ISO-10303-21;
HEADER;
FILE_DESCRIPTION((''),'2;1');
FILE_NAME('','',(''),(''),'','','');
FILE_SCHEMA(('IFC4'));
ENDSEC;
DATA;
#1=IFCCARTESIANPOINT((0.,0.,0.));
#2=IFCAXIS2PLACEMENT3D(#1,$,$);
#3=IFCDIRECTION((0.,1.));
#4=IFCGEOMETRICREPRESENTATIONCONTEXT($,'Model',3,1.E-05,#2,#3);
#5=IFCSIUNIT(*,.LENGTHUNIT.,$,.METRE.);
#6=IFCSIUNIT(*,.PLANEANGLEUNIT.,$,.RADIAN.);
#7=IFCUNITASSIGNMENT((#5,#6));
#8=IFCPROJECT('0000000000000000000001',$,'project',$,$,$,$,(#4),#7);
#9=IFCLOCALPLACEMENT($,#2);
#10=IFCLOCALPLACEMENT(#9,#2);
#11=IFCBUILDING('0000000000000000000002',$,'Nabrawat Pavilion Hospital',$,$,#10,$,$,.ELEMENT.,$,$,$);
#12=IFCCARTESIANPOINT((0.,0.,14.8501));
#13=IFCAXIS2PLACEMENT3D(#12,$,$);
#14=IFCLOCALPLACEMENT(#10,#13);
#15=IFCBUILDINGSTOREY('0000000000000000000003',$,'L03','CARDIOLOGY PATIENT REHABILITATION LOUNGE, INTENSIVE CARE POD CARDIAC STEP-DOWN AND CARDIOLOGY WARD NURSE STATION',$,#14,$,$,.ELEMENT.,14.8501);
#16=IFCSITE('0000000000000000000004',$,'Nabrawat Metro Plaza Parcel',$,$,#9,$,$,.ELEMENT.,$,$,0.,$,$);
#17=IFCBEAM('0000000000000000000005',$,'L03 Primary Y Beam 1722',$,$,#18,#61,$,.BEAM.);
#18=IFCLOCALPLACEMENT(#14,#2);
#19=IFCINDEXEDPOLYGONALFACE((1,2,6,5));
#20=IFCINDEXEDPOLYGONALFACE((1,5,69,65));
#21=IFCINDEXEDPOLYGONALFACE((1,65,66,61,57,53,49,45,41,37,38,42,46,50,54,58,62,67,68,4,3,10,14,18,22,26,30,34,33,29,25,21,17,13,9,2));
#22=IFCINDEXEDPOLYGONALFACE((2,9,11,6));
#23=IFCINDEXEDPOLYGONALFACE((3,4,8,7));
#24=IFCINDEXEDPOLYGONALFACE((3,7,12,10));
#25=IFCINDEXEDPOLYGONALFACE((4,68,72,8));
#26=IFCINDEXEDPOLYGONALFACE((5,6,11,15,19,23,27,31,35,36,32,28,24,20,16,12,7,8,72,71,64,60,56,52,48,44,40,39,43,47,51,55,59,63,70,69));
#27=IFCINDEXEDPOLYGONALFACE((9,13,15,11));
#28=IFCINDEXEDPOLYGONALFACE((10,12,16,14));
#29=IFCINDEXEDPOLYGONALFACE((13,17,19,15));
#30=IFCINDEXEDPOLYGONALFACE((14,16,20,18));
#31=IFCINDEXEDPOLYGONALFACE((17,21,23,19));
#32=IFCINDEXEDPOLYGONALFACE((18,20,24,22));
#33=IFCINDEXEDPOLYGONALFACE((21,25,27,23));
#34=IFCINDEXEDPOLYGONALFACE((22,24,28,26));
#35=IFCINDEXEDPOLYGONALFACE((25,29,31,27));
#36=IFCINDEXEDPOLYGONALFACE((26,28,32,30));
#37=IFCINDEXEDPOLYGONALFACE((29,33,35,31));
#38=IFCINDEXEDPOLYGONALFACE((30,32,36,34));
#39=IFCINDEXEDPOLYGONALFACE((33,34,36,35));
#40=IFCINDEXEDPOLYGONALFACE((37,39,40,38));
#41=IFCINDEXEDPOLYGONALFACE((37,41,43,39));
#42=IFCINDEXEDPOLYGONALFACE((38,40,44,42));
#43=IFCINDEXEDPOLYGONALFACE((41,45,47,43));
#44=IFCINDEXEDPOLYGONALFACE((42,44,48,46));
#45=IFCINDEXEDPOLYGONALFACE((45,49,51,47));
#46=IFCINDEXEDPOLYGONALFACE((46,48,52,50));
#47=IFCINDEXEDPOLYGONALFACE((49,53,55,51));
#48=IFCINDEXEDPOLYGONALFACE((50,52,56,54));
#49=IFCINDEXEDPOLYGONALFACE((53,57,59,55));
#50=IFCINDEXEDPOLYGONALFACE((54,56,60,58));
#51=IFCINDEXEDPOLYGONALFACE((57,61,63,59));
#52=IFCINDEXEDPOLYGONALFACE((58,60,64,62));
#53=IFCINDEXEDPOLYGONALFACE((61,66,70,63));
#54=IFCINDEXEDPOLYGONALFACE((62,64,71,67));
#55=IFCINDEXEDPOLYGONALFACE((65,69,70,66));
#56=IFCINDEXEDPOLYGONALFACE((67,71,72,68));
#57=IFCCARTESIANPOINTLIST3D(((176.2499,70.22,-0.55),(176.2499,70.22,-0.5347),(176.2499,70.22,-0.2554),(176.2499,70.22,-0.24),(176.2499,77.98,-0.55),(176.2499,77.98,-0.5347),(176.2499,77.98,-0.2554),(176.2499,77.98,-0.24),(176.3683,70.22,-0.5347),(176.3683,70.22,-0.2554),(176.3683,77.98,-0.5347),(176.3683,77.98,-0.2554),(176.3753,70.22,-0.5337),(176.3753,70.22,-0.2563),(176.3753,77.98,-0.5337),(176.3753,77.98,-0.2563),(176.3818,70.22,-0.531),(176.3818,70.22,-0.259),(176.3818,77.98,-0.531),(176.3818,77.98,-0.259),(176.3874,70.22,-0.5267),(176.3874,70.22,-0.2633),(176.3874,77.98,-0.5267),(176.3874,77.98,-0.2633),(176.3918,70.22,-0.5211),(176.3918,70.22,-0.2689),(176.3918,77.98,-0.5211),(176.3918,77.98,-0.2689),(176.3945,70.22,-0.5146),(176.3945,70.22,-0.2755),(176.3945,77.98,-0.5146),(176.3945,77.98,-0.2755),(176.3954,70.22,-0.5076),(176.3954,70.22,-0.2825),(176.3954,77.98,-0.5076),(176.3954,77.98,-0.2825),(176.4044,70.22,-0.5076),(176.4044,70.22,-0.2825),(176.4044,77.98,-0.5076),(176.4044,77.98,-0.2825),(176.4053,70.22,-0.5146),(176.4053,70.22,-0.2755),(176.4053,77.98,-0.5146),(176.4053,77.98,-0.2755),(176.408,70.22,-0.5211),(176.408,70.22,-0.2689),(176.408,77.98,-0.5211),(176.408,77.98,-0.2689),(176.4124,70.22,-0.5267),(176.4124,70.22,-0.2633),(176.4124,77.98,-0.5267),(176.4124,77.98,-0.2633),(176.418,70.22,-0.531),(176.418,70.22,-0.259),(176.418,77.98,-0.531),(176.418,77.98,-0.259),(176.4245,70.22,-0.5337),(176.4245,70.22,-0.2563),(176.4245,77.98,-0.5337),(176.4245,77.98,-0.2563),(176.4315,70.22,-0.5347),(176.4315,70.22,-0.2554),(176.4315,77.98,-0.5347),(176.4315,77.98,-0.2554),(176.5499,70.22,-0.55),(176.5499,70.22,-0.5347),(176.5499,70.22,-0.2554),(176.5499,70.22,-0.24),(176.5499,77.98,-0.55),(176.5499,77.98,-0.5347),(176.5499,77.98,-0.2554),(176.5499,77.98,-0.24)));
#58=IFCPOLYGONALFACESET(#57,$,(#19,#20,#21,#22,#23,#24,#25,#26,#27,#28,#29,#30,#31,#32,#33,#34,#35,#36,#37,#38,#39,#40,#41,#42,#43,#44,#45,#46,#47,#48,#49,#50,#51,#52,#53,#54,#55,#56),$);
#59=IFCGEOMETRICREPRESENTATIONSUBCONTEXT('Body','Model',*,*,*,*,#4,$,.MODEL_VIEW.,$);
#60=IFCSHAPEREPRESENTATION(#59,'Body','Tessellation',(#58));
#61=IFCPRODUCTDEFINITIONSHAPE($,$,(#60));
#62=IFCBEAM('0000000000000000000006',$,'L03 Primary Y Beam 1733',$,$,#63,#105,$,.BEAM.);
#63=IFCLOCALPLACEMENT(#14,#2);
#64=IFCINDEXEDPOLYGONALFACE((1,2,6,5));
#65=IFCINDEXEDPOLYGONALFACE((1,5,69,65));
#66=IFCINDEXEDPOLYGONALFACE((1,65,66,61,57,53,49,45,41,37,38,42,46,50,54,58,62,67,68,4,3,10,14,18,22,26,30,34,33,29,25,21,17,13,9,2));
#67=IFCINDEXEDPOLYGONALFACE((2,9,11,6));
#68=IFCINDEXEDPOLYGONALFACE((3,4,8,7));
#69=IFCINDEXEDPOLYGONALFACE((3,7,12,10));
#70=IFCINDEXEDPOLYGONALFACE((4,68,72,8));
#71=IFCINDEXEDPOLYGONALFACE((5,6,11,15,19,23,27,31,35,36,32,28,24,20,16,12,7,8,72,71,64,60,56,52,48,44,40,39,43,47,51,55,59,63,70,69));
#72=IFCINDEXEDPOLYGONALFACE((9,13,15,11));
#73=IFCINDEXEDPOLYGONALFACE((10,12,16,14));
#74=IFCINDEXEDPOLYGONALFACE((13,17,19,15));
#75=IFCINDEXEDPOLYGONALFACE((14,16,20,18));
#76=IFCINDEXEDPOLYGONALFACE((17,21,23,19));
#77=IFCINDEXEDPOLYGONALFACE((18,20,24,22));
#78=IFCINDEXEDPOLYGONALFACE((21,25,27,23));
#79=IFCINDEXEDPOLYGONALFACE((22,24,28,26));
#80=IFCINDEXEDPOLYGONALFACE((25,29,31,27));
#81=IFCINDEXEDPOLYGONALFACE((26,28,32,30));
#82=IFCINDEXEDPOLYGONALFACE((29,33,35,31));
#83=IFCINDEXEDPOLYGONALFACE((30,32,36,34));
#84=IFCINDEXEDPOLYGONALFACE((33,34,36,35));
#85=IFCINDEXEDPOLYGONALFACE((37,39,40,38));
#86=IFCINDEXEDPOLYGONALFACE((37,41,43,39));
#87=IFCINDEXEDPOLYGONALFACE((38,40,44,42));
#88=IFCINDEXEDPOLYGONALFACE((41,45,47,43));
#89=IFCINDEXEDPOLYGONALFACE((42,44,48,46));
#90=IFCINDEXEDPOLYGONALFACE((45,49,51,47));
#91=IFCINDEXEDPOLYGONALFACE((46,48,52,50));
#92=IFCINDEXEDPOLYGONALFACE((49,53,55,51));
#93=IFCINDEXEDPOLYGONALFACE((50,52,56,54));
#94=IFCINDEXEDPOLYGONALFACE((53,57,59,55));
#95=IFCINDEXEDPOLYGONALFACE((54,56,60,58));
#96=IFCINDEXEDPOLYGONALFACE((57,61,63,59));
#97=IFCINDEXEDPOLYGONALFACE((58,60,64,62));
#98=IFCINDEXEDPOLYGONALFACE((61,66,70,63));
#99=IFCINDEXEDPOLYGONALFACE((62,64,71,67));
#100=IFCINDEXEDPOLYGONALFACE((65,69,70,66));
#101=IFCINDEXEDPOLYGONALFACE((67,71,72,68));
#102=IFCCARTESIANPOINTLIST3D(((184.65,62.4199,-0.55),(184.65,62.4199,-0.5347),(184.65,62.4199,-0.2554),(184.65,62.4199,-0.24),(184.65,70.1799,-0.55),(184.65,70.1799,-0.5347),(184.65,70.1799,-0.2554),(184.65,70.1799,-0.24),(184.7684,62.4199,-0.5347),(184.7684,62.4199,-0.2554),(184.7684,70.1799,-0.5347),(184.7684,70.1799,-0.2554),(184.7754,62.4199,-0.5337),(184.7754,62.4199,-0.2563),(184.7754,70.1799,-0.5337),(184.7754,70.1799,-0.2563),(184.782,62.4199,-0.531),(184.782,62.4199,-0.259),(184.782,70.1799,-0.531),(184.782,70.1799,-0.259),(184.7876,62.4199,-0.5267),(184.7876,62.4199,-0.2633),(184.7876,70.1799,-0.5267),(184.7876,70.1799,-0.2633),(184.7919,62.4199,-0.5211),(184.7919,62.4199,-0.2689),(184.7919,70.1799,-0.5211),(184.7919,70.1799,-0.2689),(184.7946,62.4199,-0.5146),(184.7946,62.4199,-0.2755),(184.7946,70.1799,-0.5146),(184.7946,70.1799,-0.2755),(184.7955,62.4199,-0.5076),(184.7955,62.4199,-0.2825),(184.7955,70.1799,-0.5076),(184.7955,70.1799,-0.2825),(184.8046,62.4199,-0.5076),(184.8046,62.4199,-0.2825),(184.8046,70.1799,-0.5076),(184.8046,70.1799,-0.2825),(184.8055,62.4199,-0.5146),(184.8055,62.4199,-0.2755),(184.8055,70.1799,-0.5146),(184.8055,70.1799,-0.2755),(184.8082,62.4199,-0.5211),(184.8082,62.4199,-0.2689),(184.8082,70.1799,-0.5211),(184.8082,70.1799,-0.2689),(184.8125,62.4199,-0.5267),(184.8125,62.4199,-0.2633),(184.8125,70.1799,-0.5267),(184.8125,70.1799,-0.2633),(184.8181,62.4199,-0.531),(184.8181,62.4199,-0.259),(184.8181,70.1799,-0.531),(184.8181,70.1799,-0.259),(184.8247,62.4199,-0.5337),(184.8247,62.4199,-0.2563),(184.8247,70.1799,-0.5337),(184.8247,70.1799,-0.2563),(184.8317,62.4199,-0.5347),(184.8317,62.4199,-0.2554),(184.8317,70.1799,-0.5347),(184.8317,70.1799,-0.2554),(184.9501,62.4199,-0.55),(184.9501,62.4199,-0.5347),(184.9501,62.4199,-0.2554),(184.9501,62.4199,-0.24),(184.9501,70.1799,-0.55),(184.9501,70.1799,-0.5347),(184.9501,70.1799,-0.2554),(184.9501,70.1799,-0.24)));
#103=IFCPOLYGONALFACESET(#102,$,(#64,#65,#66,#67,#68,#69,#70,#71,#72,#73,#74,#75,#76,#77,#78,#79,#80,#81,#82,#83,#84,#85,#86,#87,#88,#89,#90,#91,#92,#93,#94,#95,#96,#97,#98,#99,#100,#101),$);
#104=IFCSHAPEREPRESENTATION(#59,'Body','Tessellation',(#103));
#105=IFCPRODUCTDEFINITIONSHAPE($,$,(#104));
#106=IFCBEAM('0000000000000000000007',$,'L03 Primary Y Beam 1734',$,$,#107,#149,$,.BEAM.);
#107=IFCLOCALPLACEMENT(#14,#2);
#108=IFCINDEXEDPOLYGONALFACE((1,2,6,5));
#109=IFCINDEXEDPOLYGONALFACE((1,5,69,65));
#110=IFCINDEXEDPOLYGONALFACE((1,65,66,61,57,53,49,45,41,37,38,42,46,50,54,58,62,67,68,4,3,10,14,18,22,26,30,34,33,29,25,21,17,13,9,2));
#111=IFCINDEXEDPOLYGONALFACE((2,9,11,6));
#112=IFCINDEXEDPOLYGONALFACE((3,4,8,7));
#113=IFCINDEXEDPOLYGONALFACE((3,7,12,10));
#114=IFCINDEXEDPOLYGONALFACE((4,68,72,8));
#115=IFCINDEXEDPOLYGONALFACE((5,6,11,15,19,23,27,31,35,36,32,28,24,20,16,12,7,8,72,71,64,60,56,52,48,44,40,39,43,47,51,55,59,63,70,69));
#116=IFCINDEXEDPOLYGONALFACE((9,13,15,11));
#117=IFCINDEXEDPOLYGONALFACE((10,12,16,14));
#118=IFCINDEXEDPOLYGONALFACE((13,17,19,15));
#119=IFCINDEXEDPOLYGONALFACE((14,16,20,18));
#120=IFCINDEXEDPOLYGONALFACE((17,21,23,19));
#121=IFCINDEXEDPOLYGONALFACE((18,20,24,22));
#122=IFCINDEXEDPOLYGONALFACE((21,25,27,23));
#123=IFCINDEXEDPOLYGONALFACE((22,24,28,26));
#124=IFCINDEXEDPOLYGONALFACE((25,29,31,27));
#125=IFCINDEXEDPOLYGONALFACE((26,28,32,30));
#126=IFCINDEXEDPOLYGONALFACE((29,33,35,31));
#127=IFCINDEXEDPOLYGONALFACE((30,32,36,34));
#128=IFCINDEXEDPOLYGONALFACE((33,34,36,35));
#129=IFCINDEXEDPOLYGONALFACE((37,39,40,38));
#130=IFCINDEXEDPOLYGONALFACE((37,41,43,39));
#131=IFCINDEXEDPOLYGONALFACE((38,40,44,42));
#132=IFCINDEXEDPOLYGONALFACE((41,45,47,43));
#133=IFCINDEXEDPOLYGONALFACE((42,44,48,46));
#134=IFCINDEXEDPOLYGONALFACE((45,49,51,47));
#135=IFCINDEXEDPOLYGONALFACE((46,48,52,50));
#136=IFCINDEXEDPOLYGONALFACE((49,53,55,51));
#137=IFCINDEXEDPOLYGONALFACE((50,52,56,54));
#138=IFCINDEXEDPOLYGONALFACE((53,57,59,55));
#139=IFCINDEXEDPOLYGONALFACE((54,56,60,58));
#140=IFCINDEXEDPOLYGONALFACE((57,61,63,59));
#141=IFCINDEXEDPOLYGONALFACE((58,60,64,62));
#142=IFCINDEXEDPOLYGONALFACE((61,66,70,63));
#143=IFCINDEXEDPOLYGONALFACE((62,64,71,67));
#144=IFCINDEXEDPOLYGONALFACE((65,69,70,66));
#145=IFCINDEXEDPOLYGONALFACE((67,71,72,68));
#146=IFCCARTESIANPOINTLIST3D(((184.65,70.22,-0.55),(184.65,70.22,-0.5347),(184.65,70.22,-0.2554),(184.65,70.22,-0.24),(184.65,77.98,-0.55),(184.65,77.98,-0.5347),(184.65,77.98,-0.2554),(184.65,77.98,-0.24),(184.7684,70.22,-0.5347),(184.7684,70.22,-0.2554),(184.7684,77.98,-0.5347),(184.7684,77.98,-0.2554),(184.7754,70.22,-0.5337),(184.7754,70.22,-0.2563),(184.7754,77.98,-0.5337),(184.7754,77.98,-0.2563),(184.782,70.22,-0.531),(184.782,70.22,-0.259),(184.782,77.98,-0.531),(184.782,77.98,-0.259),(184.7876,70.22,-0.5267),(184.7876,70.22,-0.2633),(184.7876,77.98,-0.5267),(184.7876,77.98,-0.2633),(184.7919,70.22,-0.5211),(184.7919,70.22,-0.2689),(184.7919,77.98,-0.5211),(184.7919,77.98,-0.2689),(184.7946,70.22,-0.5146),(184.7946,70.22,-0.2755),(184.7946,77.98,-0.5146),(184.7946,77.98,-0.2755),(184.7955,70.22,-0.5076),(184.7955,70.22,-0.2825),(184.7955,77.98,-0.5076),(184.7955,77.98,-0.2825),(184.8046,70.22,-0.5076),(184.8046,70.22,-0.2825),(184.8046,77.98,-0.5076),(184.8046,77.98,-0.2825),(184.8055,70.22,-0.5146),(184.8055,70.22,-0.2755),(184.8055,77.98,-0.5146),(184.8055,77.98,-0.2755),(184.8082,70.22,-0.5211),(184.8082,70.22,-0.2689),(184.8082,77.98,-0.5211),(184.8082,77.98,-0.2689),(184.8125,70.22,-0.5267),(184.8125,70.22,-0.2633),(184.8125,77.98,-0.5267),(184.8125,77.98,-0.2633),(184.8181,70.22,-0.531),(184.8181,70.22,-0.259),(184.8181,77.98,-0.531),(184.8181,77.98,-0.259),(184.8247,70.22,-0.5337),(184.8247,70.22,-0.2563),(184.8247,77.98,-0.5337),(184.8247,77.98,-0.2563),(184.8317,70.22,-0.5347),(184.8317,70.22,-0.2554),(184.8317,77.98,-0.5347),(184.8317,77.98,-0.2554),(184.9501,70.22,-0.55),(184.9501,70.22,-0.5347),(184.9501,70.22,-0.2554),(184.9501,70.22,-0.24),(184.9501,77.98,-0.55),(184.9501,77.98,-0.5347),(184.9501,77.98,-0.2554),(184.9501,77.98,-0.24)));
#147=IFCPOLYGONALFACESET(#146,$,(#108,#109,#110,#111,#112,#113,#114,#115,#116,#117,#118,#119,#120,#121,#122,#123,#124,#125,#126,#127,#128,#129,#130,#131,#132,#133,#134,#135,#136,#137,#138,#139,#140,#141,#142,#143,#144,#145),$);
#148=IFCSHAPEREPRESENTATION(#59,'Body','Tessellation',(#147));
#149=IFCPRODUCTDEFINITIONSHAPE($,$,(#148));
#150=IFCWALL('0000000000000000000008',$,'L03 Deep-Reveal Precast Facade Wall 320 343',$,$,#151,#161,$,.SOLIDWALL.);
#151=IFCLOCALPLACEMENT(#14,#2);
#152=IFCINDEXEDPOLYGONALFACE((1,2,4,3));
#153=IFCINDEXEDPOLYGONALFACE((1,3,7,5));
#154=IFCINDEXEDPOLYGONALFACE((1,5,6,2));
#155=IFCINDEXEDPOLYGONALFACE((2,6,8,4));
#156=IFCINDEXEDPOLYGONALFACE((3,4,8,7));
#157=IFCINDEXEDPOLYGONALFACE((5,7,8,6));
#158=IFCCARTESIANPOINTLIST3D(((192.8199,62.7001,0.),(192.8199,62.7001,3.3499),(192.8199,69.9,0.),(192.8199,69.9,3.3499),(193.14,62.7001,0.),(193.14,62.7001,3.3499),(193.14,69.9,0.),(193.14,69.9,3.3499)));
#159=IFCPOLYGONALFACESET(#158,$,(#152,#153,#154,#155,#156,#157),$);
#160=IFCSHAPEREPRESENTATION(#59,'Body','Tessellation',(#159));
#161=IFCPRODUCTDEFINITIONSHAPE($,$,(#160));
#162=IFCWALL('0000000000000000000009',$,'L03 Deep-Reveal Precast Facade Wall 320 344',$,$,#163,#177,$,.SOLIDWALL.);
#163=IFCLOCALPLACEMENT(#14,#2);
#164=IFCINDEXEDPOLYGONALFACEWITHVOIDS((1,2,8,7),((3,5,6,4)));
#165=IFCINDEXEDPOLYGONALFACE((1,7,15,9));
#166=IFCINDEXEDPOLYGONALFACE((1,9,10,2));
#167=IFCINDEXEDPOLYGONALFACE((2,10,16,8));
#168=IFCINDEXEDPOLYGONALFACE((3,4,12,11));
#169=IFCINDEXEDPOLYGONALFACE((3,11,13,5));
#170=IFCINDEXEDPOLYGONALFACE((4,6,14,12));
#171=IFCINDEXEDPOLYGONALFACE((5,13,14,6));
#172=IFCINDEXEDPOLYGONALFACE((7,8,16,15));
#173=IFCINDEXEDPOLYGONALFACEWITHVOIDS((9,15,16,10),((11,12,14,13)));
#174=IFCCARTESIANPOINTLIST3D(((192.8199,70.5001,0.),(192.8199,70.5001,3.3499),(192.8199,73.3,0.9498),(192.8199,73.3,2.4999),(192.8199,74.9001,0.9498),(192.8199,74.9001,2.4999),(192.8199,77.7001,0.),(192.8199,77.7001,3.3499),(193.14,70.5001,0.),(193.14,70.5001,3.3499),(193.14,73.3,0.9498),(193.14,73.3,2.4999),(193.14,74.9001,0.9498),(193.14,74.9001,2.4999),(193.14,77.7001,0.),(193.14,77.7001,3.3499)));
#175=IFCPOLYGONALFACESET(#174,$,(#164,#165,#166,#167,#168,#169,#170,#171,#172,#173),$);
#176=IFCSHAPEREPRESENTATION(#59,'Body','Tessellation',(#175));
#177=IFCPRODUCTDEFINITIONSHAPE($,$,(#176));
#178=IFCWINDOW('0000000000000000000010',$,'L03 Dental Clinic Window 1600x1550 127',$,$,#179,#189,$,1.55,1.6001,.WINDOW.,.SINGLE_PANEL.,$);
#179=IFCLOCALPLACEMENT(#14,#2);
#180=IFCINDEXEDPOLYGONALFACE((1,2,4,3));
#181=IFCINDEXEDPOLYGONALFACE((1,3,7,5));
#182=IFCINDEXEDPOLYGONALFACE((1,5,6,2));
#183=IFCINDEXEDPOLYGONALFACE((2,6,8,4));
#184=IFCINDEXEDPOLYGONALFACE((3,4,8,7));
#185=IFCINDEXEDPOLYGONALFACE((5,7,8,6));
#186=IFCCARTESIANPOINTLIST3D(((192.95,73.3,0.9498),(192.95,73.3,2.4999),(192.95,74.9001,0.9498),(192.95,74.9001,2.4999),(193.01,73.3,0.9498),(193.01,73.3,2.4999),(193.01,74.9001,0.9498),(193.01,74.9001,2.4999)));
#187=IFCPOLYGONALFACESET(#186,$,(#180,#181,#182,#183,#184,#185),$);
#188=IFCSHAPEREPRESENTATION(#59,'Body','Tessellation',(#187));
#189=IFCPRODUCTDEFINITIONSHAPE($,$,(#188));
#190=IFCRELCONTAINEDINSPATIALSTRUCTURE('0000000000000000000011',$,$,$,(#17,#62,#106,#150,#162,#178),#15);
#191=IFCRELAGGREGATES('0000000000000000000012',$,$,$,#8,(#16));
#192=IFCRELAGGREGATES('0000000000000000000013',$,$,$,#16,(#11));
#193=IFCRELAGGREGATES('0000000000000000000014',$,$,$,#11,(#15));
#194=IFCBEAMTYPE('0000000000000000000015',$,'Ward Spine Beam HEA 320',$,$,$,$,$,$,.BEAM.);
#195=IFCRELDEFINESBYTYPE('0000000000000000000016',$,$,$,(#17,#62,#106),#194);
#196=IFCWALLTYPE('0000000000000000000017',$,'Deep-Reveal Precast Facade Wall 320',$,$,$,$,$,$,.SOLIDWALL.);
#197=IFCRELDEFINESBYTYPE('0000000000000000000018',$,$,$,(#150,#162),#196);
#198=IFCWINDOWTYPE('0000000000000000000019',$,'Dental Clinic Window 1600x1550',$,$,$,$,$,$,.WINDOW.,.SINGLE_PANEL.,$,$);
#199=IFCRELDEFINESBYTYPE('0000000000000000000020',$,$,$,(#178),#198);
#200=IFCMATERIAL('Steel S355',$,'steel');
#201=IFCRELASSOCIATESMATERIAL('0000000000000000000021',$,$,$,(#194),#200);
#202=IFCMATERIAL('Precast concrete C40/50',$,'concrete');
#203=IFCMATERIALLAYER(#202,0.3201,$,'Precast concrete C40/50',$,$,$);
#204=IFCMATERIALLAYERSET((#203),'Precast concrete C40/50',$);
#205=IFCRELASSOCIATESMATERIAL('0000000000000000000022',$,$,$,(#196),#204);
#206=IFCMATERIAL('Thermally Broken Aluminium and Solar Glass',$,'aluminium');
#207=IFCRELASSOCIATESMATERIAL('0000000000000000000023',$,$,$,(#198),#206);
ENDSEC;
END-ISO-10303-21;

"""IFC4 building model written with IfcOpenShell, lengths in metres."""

from ifc_helpers import new_model, si_unit, direction, frame, frame_2d, origin, origin_2d, place, context, subcontext, project, spatial, rectangle, i_section, extrude, material, layer, layer_set, material_profile, profile_set, type_object, element, fill, save


model = new_model("IFC4")

# Units and contexts
model_context = context("Model", 3, precision=1e-05, world=origin(), true_north=direction((0.0, 1.0)))
body_context = subcontext(model_context, "Body", "Model", "MODEL_VIEW")
ifc_project = project(units=[si_unit("LENGTHUNIT", "METRE"), si_unit("PLANEANGLEUNIT", "RADIAN")], contexts=[model_context])

# Site, building, storey
site_placement = place(None, origin())
site = spatial("IfcSite", under=ifc_project, at=site_placement, Name="Nabrawat Metro Plaza Parcel", CompositionType="ELEMENT", RefElevation=0.0)
building_placement = place(site_placement, origin())
building = spatial("IfcBuilding", under=site, at=building_placement, Name="Nabrawat Pavilion Hospital", CompositionType="ELEMENT")
storey_placement = place(building_placement, frame((0.0, 0.0, 14.8501)))
storey = spatial("IfcBuildingStorey", under=building, at=storey_placement, Name="L03", Description="CARDIOLOGY PATIENT REHABILITATION LOUNGE, INTENSIVE CARE POD CARDIAC STEP-DOWN AND CARDIOLOGY WARD NURSE STATION", CompositionType="ELEMENT", Elevation=14.8501)

# Shared definitions
ifc_material_1 = material(Name="Steel S355", Category="steel")

# Beams
ifc_material_profile_1 = material_profile(ifc_material_1, i_section(OverallWidth=0.3, OverallDepth=0.3101, WebThickness=0.009, FlangeThickness=0.0154, FilletRadius=0.0271, at=origin_2d()), Name="HEA 320")
ifc_profile_set_1 = profile_set([ifc_material_profile_1], Name="Steel S355")
beam_type_1 = type_object("IfcBeamType", Name="Ward Spine Beam HEA 320", PredefinedType="BEAM", material=ifc_profile_set_1)
for number, where, z_axis, x_axis, name in (
    (1, (176.3999, 70.22, -0.395), (0.0, 1.0, 0.0), (-1.0, 0.0, 0.0), "L03 Primary Y Beam 1722"),
    (2, (184.8, 62.4199, -0.395), (0.0, 1.0, 0.0), (-1.0, 0.0, 0.0), "L03 Primary Y Beam 1733"),
    (3, (184.8, 70.22, -0.395), (0.0, 1.0, 0.0), (-1.0, 0.0, 0.0), "L03 Primary Y Beam 1734"),
):
    element("IfcBeam", number, at=place(storey_placement, frame(where, z_axis=z_axis, x_axis=x_axis)), inside=storey, type_object=beam_type_1, Name=name, PredefinedType="BEAM", context=body_context, shape_type="SweptSolid", body=[
        extrude(i_section(OverallWidth=0.3, OverallDepth=0.3101, WebThickness=0.009, FlangeThickness=0.0154, FilletRadius=0.0271, at=origin_2d()), origin(), (0.0, 0.0, 1.0), 7.76),
    ])

# Wall
ifc_material_2 = material(Name="Precast concrete C40/50", Category="concrete")
ifc_layer_1 = layer(ifc_material_2, 0.3201, Name="Precast concrete C40/50")
ifc_layer_set_1 = layer_set([ifc_layer_1], Name="Precast concrete C40/50")
wall_type_1 = type_object("IfcWallType", Name="Deep-Reveal Precast Facade Wall 320", PredefinedType="SOLIDWALL", material=ifc_layer_set_1)
wall_1_placement = place(storey_placement, frame((192.98, 62.7, 0.0), z_axis=(0.0, 0.0, 1.0), x_axis=(0.0, 1.0, 0.0)))
element("IfcWall", 4, at=wall_1_placement, inside=storey, type_object=wall_type_1, Name="L03 Deep-Reveal Precast Facade Wall 320 343", PredefinedType="SOLIDWALL", context=body_context, shape_type="SweptSolid", body=[
    extrude(rectangle(XDim=7.2, YDim=0.3201, at=frame_2d((3.6001, 0.0))), origin(), (0.0, 0.0, 1.0), 3.3499),
])

# Wall, opening, window
wall_2_placement = place(storey_placement, frame((192.98, 70.5, 0.0), z_axis=(0.0, 0.0, 1.0), x_axis=(0.0, 1.0, 0.0)))
wall_2 = element("IfcWall", 5, at=wall_2_placement, inside=storey, type_object=wall_type_1, Name="L03 Deep-Reveal Precast Facade Wall 320 344", PredefinedType="SOLIDWALL", context=body_context, shape_type="SweptSolid", body=[
    extrude(rectangle(XDim=7.2, YDim=0.3201, at=frame_2d((3.6001, 0.0))), origin(), (0.0, 0.0, 1.0), 3.3499),
])
opening_placement = place(wall_2_placement, frame((2.8, 0.0, 0.95)))
opening = element("IfcOpeningElement", 6, at=opening_placement, cuts=wall_2, PredefinedType="OPENING", context=body_context, shape_type="SweptSolid", body=[
    extrude(rectangle(XDim=1.6001, YDim=1.55, at=frame_2d((0.8, 0.7749))), frame((0.0, 0.1699, 0.0), z_axis=(0.0, -1.0, 0.0), x_axis=(1.0, 0.0, 0.0)), (0.0, 0.0, 1.0), 0.3401),
])
ifc_material_3 = material(Name="Thermally Broken Aluminium and Solar Glass", Category="aluminium")
window_type = type_object("IfcWindowType", Name="Dental Clinic Window 1600x1550", PartitioningType="SINGLE_PANEL", PredefinedType="WINDOW", material=ifc_material_3)
window_placement = place(opening_placement, origin())
window = element("IfcWindow", 7, at=window_placement, inside=storey, type_object=window_type, Name="L03 Dental Clinic Window 1600x1550 127", OverallHeight=1.55, OverallWidth=1.6001, PartitioningType="SINGLE_PANEL", PredefinedType="WINDOW", context=body_context, shape_type="SweptSolid", body=[
    extrude(rectangle(XDim=1.6001, YDim=1.55, at=frame_2d((0.8, 0.7749))), frame((0.0, 0.03, 0.0), z_axis=(0.0, -1.0, 0.0), x_axis=(1.0, 0.0, 0.0)), (0.0, 0.0, 1.0), 0.0601),
])
fill(opening, window)

save(model, "model.ifc")
